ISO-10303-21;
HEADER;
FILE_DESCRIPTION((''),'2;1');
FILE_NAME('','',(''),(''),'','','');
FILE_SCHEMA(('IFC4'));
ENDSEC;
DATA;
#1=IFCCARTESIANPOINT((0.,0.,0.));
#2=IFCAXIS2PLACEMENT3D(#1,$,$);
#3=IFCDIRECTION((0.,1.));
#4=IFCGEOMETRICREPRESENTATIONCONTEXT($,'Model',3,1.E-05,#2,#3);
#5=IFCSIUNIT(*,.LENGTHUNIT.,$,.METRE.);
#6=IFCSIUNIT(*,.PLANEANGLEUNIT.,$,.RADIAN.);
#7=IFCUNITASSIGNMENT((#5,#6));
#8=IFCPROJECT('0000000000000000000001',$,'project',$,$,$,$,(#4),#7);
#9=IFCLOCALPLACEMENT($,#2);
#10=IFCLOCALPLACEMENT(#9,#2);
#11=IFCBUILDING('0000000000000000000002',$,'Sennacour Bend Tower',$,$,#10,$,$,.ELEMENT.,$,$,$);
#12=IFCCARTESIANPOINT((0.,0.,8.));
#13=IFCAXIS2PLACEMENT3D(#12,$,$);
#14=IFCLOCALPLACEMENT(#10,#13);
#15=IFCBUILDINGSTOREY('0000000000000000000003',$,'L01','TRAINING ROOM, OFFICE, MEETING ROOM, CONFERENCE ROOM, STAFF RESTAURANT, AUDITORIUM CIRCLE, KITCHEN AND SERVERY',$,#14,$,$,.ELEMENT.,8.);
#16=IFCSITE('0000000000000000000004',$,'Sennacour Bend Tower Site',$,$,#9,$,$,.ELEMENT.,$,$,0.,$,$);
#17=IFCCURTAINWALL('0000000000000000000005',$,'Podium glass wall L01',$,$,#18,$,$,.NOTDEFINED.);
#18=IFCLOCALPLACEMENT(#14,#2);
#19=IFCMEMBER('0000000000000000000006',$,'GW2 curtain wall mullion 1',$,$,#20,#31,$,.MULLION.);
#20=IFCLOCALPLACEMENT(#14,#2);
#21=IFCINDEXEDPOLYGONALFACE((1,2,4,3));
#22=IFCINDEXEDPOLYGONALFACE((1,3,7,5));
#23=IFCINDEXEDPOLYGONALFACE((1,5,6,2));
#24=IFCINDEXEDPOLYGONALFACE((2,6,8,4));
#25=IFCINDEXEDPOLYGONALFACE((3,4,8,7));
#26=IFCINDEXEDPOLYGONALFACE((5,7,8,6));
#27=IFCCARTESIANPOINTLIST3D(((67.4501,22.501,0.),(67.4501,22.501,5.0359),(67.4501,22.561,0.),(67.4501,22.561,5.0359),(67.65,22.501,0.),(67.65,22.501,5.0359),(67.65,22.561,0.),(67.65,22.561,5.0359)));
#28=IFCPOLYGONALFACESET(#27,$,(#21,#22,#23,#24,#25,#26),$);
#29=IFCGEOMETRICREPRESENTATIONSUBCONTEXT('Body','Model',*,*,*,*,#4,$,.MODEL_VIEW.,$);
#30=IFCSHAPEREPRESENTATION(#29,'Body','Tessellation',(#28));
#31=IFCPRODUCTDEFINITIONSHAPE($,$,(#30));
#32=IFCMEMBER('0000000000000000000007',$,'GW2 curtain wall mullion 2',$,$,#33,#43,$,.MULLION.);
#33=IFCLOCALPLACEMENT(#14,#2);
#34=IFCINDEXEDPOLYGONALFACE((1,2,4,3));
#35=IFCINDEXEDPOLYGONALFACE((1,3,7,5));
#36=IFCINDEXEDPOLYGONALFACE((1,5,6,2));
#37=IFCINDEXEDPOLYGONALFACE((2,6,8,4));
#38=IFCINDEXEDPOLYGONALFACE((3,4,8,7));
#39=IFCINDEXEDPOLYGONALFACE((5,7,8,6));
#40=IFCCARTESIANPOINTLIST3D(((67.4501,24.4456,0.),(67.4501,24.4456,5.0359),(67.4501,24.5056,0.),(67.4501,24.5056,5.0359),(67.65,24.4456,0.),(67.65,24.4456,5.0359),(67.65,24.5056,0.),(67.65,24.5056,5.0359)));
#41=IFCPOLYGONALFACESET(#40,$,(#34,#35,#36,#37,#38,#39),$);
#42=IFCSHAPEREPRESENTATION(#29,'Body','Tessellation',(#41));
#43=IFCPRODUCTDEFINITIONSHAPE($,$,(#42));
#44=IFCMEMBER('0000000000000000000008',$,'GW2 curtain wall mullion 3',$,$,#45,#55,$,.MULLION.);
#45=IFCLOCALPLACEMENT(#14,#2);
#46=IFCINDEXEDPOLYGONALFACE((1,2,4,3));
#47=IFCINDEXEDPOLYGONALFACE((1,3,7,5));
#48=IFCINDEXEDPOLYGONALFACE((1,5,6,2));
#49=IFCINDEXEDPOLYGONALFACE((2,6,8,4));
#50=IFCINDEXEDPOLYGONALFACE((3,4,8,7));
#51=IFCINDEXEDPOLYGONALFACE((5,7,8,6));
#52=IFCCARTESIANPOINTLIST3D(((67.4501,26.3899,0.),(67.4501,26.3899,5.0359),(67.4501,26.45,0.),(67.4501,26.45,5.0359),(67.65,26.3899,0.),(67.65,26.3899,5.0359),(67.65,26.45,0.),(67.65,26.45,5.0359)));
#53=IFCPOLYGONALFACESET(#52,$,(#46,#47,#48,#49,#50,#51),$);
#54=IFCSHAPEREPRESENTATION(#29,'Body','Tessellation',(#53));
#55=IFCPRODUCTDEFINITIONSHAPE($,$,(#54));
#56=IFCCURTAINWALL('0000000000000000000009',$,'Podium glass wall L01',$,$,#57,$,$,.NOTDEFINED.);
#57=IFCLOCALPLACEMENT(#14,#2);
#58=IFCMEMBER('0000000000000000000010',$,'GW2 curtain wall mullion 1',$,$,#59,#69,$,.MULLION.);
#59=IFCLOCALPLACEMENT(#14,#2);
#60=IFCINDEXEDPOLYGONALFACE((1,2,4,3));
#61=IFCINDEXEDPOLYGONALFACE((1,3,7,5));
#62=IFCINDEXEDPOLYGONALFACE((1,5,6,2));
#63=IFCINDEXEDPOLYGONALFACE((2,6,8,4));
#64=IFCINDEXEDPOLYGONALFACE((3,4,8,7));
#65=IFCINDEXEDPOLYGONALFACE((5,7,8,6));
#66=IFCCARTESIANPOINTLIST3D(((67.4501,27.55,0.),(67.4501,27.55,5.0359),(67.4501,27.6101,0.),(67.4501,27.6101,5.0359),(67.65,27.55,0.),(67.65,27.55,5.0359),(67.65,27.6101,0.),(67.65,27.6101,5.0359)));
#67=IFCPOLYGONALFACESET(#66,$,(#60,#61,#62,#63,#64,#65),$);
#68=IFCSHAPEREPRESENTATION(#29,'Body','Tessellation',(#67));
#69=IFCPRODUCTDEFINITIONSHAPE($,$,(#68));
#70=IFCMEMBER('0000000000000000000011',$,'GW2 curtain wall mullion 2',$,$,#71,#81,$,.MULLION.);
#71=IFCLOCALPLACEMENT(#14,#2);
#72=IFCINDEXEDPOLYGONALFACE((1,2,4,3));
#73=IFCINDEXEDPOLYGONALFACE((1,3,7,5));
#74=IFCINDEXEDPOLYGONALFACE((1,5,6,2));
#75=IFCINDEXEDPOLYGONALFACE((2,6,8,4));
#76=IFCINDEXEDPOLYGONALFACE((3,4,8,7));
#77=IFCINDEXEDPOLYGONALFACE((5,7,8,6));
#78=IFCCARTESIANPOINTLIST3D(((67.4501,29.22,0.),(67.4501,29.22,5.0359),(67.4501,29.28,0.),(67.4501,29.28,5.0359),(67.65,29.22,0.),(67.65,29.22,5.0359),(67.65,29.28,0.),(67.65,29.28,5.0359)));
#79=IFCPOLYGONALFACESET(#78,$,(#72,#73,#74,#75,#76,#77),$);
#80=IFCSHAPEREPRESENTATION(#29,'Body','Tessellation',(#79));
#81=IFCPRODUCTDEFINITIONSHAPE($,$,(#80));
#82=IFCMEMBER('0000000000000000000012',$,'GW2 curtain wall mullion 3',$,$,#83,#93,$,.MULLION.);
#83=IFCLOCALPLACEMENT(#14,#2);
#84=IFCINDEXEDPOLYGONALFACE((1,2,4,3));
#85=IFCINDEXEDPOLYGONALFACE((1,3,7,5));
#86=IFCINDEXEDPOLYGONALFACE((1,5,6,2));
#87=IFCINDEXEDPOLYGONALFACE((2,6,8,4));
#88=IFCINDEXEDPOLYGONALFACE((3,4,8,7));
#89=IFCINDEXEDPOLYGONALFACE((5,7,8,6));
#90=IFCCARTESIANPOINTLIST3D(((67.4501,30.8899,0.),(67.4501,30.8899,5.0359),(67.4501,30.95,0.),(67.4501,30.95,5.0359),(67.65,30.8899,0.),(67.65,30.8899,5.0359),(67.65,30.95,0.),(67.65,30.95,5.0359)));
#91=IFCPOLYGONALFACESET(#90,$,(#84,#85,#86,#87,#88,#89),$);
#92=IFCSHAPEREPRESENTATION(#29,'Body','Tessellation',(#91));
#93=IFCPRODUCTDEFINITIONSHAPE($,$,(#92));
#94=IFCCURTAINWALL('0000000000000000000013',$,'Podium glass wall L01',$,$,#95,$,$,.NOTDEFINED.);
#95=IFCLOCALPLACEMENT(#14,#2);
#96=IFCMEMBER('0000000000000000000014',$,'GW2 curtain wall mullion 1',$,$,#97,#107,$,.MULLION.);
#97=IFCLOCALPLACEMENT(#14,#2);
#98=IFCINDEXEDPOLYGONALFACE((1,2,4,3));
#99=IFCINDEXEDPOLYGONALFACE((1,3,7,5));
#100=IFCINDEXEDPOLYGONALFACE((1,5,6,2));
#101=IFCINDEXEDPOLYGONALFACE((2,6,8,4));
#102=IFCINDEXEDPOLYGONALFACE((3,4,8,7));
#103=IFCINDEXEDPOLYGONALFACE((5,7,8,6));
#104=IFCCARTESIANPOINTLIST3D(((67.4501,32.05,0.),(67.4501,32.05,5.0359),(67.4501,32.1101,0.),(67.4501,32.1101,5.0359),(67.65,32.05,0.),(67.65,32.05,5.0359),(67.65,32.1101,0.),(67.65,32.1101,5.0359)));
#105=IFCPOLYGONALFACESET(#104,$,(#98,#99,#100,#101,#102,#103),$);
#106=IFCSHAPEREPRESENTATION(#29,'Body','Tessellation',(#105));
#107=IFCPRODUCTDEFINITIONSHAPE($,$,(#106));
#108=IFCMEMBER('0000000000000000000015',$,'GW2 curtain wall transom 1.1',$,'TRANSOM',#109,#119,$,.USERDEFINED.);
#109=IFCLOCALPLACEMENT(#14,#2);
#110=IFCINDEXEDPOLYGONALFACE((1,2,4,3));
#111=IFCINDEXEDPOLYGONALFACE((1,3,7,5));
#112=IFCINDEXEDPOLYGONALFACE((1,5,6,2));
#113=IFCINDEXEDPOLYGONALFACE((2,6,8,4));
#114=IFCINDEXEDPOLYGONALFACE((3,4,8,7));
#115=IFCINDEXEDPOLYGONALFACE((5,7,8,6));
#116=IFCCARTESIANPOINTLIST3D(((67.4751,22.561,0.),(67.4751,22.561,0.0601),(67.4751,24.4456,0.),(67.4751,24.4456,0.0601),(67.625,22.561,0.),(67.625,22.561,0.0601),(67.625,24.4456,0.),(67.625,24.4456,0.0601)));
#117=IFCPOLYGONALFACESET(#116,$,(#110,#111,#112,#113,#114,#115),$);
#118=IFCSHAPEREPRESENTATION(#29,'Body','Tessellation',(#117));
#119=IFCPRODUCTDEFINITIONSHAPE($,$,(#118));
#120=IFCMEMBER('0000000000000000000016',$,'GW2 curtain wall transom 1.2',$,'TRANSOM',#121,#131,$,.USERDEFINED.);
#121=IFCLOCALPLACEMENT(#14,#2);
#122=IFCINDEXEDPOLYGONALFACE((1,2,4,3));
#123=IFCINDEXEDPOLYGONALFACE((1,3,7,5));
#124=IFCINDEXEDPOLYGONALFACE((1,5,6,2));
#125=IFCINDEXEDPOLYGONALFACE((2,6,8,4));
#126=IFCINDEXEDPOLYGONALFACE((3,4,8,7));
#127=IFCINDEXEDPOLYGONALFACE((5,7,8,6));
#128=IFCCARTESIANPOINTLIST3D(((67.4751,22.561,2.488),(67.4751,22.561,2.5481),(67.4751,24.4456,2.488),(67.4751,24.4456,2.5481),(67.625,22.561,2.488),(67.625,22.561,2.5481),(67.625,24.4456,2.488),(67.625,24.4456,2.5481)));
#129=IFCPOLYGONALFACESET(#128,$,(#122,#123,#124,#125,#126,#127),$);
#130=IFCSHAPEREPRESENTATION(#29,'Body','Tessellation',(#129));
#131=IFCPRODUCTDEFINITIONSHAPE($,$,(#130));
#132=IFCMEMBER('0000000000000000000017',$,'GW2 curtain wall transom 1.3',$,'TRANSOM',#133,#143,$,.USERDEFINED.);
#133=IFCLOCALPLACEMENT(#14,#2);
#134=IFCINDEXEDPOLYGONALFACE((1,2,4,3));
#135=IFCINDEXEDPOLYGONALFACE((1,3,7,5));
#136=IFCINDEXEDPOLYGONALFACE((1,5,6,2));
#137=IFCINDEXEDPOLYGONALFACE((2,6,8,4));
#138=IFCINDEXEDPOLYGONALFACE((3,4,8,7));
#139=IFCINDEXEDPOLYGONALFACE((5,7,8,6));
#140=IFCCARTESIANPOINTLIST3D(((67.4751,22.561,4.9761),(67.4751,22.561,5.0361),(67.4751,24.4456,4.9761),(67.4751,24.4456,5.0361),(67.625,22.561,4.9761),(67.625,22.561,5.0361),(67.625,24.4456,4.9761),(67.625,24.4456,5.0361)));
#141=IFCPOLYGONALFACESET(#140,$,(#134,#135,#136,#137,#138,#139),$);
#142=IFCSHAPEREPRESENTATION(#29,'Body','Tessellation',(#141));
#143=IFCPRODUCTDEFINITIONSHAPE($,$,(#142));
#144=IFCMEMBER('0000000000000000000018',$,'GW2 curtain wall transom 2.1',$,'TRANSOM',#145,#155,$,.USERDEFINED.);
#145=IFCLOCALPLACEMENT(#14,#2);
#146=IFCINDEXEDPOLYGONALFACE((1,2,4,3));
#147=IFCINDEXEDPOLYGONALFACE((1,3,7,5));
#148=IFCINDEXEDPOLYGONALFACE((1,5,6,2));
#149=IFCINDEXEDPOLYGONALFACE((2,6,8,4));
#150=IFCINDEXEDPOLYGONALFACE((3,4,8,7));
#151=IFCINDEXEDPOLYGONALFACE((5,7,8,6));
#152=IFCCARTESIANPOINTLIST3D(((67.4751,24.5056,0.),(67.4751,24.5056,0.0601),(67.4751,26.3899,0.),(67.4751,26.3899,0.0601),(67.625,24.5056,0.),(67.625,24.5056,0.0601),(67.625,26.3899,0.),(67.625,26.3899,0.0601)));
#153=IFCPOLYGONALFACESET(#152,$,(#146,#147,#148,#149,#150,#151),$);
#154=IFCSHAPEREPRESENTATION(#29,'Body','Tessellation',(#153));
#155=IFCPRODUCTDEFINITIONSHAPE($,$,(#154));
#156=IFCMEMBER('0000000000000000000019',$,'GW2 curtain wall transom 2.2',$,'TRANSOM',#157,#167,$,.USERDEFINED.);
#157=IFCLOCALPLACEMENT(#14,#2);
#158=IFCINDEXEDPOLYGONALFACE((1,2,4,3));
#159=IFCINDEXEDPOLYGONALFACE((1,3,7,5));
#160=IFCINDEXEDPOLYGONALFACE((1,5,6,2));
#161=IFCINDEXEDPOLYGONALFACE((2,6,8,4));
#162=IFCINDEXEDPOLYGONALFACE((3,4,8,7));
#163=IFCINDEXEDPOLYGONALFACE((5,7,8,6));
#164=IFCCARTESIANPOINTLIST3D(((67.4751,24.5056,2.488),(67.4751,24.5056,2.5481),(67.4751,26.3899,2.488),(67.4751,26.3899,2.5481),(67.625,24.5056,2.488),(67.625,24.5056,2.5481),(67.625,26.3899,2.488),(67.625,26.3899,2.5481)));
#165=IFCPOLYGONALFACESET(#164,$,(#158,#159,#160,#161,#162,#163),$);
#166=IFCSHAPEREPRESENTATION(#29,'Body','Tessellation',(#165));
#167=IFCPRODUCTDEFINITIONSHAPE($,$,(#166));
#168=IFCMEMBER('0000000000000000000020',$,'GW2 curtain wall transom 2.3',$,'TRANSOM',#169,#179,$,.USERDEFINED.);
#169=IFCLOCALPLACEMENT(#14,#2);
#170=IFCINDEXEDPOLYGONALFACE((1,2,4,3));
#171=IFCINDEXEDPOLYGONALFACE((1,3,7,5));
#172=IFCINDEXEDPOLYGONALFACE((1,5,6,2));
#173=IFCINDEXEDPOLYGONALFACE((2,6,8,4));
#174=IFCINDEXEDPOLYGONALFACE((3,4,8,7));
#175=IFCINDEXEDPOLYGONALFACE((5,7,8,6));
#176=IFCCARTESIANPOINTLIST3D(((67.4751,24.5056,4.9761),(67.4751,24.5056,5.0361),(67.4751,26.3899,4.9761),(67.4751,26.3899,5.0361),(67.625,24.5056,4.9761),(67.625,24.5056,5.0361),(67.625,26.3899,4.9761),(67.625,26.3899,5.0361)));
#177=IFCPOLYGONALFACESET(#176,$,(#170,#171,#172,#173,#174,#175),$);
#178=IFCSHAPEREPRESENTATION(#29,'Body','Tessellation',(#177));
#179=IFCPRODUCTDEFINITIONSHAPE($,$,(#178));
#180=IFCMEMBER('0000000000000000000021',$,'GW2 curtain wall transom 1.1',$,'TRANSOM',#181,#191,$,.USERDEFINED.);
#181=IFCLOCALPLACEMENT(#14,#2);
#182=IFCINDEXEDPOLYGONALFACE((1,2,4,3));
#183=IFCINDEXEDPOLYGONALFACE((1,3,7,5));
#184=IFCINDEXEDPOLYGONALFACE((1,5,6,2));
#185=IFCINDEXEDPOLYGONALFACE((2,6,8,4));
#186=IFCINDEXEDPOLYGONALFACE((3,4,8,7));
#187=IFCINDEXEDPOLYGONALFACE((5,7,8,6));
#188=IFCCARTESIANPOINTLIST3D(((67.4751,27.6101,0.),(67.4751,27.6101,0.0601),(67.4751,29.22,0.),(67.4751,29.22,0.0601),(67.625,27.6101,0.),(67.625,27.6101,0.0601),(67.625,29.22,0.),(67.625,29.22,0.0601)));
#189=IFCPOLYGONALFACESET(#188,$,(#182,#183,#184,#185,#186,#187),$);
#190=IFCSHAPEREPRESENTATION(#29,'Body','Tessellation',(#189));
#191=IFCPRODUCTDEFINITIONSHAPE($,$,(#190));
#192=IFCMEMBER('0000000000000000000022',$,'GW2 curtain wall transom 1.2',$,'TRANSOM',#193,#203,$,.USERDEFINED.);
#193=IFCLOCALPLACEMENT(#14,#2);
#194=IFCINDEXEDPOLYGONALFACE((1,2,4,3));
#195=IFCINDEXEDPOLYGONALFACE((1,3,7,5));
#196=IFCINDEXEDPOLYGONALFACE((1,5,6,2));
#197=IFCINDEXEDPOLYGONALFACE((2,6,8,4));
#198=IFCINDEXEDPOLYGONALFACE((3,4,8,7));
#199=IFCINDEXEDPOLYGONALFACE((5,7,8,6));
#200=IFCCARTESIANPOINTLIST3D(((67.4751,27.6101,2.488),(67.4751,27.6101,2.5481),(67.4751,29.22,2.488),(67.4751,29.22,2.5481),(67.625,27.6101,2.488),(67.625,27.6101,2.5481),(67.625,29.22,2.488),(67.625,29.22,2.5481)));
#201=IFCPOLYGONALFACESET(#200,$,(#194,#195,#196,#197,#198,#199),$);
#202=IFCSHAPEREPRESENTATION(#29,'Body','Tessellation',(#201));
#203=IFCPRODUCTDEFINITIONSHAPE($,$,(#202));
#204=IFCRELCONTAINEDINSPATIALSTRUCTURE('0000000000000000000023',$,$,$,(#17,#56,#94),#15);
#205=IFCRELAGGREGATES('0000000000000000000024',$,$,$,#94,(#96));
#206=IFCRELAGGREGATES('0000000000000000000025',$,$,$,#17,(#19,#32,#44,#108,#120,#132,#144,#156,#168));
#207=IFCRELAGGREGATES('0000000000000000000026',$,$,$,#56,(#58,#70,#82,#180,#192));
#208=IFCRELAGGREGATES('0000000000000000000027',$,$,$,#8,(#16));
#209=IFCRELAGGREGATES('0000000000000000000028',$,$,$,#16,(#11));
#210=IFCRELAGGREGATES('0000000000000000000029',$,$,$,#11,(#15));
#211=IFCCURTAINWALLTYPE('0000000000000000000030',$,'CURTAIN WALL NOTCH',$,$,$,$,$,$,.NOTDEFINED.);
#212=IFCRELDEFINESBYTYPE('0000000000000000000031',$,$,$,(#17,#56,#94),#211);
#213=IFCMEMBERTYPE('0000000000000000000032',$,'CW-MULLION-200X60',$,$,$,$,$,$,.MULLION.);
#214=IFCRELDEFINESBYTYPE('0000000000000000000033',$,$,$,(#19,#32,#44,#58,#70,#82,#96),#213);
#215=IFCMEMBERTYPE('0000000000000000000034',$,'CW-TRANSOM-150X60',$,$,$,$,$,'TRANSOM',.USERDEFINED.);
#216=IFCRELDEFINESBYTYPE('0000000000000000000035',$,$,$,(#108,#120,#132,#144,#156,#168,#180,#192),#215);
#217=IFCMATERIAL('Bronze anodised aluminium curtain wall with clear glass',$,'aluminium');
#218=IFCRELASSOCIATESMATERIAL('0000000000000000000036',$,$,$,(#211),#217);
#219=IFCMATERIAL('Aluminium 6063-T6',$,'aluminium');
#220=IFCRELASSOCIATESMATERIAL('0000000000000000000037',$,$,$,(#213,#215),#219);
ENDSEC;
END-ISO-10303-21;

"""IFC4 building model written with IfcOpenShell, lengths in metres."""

from ifc_helpers import new_model, si_unit, direction, frame, origin, origin_2d, place, context, subcontext, project, spatial, rectangle, extrude, material, material_profile, profile_set, type_object, element, aggregate, save


model = new_model("IFC4")

# Units and contexts
model_context = context("Model", 3, precision=1e-05, world=origin(), true_north=direction((0.0, 1.0)))
body_context = subcontext(model_context, "Body", "Model", "MODEL_VIEW")
ifc_project = project(units=[si_unit("LENGTHUNIT", "METRE"), si_unit("PLANEANGLEUNIT", "RADIAN")], contexts=[model_context])

# Site, building, storey
site_placement = place(None, origin())
site = spatial("IfcSite", under=ifc_project, at=site_placement, Name="Sennacour Bend Tower Site", CompositionType="ELEMENT", RefElevation=0.0)
building_placement = place(site_placement, origin())
building = spatial("IfcBuilding", under=site, at=building_placement, Name="Sennacour Bend Tower", CompositionType="ELEMENT")
storey_placement = place(building_placement, frame((0.0, 0.0, 8.0)))
storey = spatial("IfcBuildingStorey", under=building, at=storey_placement, Name="L01", Description="TRAINING ROOM, OFFICE, MEETING ROOM, CONFERENCE ROOM, STAFF RESTAURANT, AUDITORIUM CIRCLE, KITCHEN AND SERVERY", CompositionType="ELEMENT", Elevation=8.0)

# Curtain walls, members
ifc_material_1 = material(Name="Bronze anodised aluminium curtain wall with clear glass", Category="aluminium")
curtain_wall_type = type_object("IfcCurtainWallType", Name="CURTAIN WALL NOTCH", PredefinedType="NOTDEFINED", material=ifc_material_1)
curtain_wall_1_placement = place(storey_placement, origin())
curtain_wall_1 = element("IfcCurtainWall", 1, at=curtain_wall_1_placement, inside=storey, type_object=curtain_wall_type, Name="Podium glass wall L01", PredefinedType="NOTDEFINED")
ifc_material_2 = material(Name="Aluminium 6063-T6", Category="aluminium")
ifc_material_profile_1 = material_profile(ifc_material_2, rectangle(XDim=0.2, YDim=0.0601, at=origin_2d()), Name="Aluminium 6063-T6", Category="aluminium")
ifc_profile_set_1 = profile_set([ifc_material_profile_1], Name="Aluminium 6063-T6")
member_type_1 = type_object("IfcMemberType", Name="CW-MULLION-200X60", PredefinedType="MULLION", material=ifc_profile_set_1)
member_1_placement = place(storey_placement, frame((67.55, 22.531, 0.0), z_axis=(0.0, 0.0, 1.0), x_axis=(-1.0, 0.0, 0.0)))
member_1 = element("IfcMember", 2, at=member_1_placement, type_object=member_type_1, Name="GW2 curtain wall mullion 1", PredefinedType="MULLION", context=body_context, shape_type="SweptSolid", body=[
    extrude(rectangle(XDim=0.2, YDim=0.0601, at=origin_2d()), origin(), (0.0, 0.0, 1.0), 5.0359),
])
member_2_placement = place(storey_placement, frame((67.55, 24.4756, 0.0), z_axis=(0.0, 0.0, 1.0), x_axis=(-1.0, 0.0, 0.0)))
member_2 = element("IfcMember", 3, at=member_2_placement, type_object=member_type_1, Name="GW2 curtain wall mullion 2", PredefinedType="MULLION", context=body_context, shape_type="SweptSolid", body=[
    extrude(rectangle(XDim=0.2, YDim=0.0601, at=origin_2d()), origin(), (0.0, 0.0, 1.0), 5.0359),
])
member_3_placement = place(storey_placement, frame((67.55, 26.4199, 0.0), z_axis=(0.0, 0.0, 1.0), x_axis=(-1.0, 0.0, 0.0)))
member_3 = element("IfcMember", 4, at=member_3_placement, type_object=member_type_1, Name="GW2 curtain wall mullion 3", PredefinedType="MULLION", context=body_context, shape_type="SweptSolid", body=[
    extrude(rectangle(XDim=0.2, YDim=0.0601, at=origin_2d()), origin(), (0.0, 0.0, 1.0), 5.0359),
])
curtain_wall_2_placement = place(storey_placement, origin())
curtain_wall_2 = element("IfcCurtainWall", 5, at=curtain_wall_2_placement, inside=storey, type_object=curtain_wall_type, Name="Podium glass wall L01", PredefinedType="NOTDEFINED")
member_4_placement = place(storey_placement, frame((67.55, 27.5801, 0.0), z_axis=(0.0, 0.0, 1.0), x_axis=(-1.0, 0.0, 0.0)))
member_4 = element("IfcMember", 6, at=member_4_placement, type_object=member_type_1, Name="GW2 curtain wall mullion 1", PredefinedType="MULLION", context=body_context, shape_type="SweptSolid", body=[
    extrude(rectangle(XDim=0.2, YDim=0.0601, at=origin_2d()), origin(), (0.0, 0.0, 1.0), 5.0359),
])
member_5_placement = place(storey_placement, frame((67.55, 29.25, 0.0), z_axis=(0.0, 0.0, 1.0), x_axis=(-1.0, 0.0, 0.0)))
member_5 = element("IfcMember", 7, at=member_5_placement, type_object=member_type_1, Name="GW2 curtain wall mullion 2", PredefinedType="MULLION", context=body_context, shape_type="SweptSolid", body=[
    extrude(rectangle(XDim=0.2, YDim=0.0601, at=origin_2d()), origin(), (0.0, 0.0, 1.0), 5.0359),
])
member_6_placement = place(storey_placement, frame((67.55, 30.9199, 0.0), z_axis=(0.0, 0.0, 1.0), x_axis=(-1.0, 0.0, 0.0)))
member_6 = element("IfcMember", 8, at=member_6_placement, type_object=member_type_1, Name="GW2 curtain wall mullion 3", PredefinedType="MULLION", context=body_context, shape_type="SweptSolid", body=[
    extrude(rectangle(XDim=0.2, YDim=0.0601, at=origin_2d()), origin(), (0.0, 0.0, 1.0), 5.0359),
])

# Curtain wall, member
curtain_wall_3_placement = place(storey_placement, origin())
curtain_wall_3 = element("IfcCurtainWall", 9, at=curtain_wall_3_placement, inside=storey, type_object=curtain_wall_type, Name="Podium glass wall L01", PredefinedType="NOTDEFINED")
member_7_placement = place(storey_placement, frame((67.55, 32.0801, 0.0), z_axis=(0.0, 0.0, 1.0), x_axis=(-1.0, 0.0, 0.0)))
member_7 = element("IfcMember", 10, at=member_7_placement, type_object=member_type_1, Name="GW2 curtain wall mullion 1", PredefinedType="MULLION", context=body_context, shape_type="SweptSolid", body=[
    extrude(rectangle(XDim=0.2, YDim=0.0601, at=origin_2d()), origin(), (0.0, 0.0, 1.0), 5.0359),
])

# Members
ifc_material_profile_2 = material_profile(ifc_material_2, rectangle(XDim=0.1499, YDim=0.0601, at=origin_2d()), Name="Aluminium 6063-T6", Category="aluminium")
ifc_profile_set_2 = profile_set([ifc_material_profile_2], Name="Aluminium 6063-T6")
member_type_2 = type_object("IfcMemberType", Name="CW-TRANSOM-150X60", ElementType="TRANSOM", PredefinedType="USERDEFINED", material=ifc_profile_set_2)
member_8_placement = place(storey_placement, frame((67.55, 22.561, 0.03), z_axis=(0.0, 1.0, 0.0), x_axis=(-1.0, 0.0, 0.0)))
member_8 = element("IfcMember", 11, at=member_8_placement, type_object=member_type_2, Name="GW2 curtain wall transom 1.1", ObjectType="TRANSOM", PredefinedType="USERDEFINED", context=body_context, shape_type="SweptSolid", body=[
    extrude(rectangle(XDim=0.1499, YDim=0.0601, at=origin_2d()), origin(), (0.0, 0.0, 1.0), 1.8845),
])
member_9_placement = place(storey_placement, frame((67.55, 22.561, 2.5181), z_axis=(0.0, 1.0, 0.0), x_axis=(-1.0, 0.0, 0.0)))
member_9 = element("IfcMember", 12, at=member_9_placement, type_object=member_type_2, Name="GW2 curtain wall transom 1.2", ObjectType="TRANSOM", PredefinedType="USERDEFINED", context=body_context, shape_type="SweptSolid", body=[
    extrude(rectangle(XDim=0.1499, YDim=0.0601, at=origin_2d()), origin(), (0.0, 0.0, 1.0), 1.8845),
])
member_10_placement = place(storey_placement, frame((67.55, 22.561, 5.0061), z_axis=(0.0, 1.0, 0.0), x_axis=(-1.0, 0.0, 0.0)))
member_10 = element("IfcMember", 13, at=member_10_placement, type_object=member_type_2, Name="GW2 curtain wall transom 1.3", ObjectType="TRANSOM", PredefinedType="USERDEFINED", context=body_context, shape_type="SweptSolid", body=[
    extrude(rectangle(XDim=0.1499, YDim=0.0601, at=origin_2d()), origin(), (0.0, 0.0, 1.0), 1.8845),
])
member_11_placement = place(storey_placement, frame((67.55, 24.5056, 0.03), z_axis=(0.0, 1.0, 0.0), x_axis=(-1.0, 0.0, 0.0)))
member_11 = element("IfcMember", 14, at=member_11_placement, type_object=member_type_2, Name="GW2 curtain wall transom 2.1", ObjectType="TRANSOM", PredefinedType="USERDEFINED", context=body_context, shape_type="SweptSolid", body=[
    extrude(rectangle(XDim=0.1499, YDim=0.0601, at=origin_2d()), origin(), (0.0, 0.0, 1.0), 1.8843),
])
member_12_placement = place(storey_placement, frame((67.55, 24.5056, 2.5181), z_axis=(0.0, 1.0, 0.0), x_axis=(-1.0, 0.0, 0.0)))
member_12 = element("IfcMember", 15, at=member_12_placement, type_object=member_type_2, Name="GW2 curtain wall transom 2.2", ObjectType="TRANSOM", PredefinedType="USERDEFINED", context=body_context, shape_type="SweptSolid", body=[
    extrude(rectangle(XDim=0.1499, YDim=0.0601, at=origin_2d()), origin(), (0.0, 0.0, 1.0), 1.8843),
])
member_13_placement = place(storey_placement, frame((67.55, 24.5056, 5.0061), z_axis=(0.0, 1.0, 0.0), x_axis=(-1.0, 0.0, 0.0)))
member_13 = element("IfcMember", 16, at=member_13_placement, type_object=member_type_2, Name="GW2 curtain wall transom 2.3", ObjectType="TRANSOM", PredefinedType="USERDEFINED", context=body_context, shape_type="SweptSolid", body=[
    extrude(rectangle(XDim=0.1499, YDim=0.0601, at=origin_2d()), origin(), (0.0, 0.0, 1.0), 1.8843),
])
member_14_placement = place(storey_placement, frame((67.55, 27.6101, 0.03), z_axis=(0.0, 1.0, 0.0), x_axis=(-1.0, 0.0, 0.0)))
member_14 = element("IfcMember", 17, at=member_14_placement, type_object=member_type_2, Name="GW2 curtain wall transom 1.1", ObjectType="TRANSOM", PredefinedType="USERDEFINED", context=body_context, shape_type="SweptSolid", body=[
    extrude(rectangle(XDim=0.1499, YDim=0.0601, at=origin_2d()), origin(), (0.0, 0.0, 1.0), 1.6099),
])
member_15_placement = place(storey_placement, frame((67.55, 27.6101, 2.5181), z_axis=(0.0, 1.0, 0.0), x_axis=(-1.0, 0.0, 0.0)))
member_15 = element("IfcMember", 18, at=member_15_placement, type_object=member_type_2, Name="GW2 curtain wall transom 1.2", ObjectType="TRANSOM", PredefinedType="USERDEFINED", context=body_context, shape_type="SweptSolid", body=[
    extrude(rectangle(XDim=0.1499, YDim=0.0601, at=origin_2d()), origin(), (0.0, 0.0, 1.0), 1.6099),
])
aggregate(curtain_wall_3, [member_7])

aggregate(curtain_wall_1, [member_1, member_2, member_3, member_8, member_9, member_10, member_11, member_12, member_13])
aggregate(curtain_wall_2, [member_4, member_5, member_6, member_14, member_15])

save(model, "model.ifc")
